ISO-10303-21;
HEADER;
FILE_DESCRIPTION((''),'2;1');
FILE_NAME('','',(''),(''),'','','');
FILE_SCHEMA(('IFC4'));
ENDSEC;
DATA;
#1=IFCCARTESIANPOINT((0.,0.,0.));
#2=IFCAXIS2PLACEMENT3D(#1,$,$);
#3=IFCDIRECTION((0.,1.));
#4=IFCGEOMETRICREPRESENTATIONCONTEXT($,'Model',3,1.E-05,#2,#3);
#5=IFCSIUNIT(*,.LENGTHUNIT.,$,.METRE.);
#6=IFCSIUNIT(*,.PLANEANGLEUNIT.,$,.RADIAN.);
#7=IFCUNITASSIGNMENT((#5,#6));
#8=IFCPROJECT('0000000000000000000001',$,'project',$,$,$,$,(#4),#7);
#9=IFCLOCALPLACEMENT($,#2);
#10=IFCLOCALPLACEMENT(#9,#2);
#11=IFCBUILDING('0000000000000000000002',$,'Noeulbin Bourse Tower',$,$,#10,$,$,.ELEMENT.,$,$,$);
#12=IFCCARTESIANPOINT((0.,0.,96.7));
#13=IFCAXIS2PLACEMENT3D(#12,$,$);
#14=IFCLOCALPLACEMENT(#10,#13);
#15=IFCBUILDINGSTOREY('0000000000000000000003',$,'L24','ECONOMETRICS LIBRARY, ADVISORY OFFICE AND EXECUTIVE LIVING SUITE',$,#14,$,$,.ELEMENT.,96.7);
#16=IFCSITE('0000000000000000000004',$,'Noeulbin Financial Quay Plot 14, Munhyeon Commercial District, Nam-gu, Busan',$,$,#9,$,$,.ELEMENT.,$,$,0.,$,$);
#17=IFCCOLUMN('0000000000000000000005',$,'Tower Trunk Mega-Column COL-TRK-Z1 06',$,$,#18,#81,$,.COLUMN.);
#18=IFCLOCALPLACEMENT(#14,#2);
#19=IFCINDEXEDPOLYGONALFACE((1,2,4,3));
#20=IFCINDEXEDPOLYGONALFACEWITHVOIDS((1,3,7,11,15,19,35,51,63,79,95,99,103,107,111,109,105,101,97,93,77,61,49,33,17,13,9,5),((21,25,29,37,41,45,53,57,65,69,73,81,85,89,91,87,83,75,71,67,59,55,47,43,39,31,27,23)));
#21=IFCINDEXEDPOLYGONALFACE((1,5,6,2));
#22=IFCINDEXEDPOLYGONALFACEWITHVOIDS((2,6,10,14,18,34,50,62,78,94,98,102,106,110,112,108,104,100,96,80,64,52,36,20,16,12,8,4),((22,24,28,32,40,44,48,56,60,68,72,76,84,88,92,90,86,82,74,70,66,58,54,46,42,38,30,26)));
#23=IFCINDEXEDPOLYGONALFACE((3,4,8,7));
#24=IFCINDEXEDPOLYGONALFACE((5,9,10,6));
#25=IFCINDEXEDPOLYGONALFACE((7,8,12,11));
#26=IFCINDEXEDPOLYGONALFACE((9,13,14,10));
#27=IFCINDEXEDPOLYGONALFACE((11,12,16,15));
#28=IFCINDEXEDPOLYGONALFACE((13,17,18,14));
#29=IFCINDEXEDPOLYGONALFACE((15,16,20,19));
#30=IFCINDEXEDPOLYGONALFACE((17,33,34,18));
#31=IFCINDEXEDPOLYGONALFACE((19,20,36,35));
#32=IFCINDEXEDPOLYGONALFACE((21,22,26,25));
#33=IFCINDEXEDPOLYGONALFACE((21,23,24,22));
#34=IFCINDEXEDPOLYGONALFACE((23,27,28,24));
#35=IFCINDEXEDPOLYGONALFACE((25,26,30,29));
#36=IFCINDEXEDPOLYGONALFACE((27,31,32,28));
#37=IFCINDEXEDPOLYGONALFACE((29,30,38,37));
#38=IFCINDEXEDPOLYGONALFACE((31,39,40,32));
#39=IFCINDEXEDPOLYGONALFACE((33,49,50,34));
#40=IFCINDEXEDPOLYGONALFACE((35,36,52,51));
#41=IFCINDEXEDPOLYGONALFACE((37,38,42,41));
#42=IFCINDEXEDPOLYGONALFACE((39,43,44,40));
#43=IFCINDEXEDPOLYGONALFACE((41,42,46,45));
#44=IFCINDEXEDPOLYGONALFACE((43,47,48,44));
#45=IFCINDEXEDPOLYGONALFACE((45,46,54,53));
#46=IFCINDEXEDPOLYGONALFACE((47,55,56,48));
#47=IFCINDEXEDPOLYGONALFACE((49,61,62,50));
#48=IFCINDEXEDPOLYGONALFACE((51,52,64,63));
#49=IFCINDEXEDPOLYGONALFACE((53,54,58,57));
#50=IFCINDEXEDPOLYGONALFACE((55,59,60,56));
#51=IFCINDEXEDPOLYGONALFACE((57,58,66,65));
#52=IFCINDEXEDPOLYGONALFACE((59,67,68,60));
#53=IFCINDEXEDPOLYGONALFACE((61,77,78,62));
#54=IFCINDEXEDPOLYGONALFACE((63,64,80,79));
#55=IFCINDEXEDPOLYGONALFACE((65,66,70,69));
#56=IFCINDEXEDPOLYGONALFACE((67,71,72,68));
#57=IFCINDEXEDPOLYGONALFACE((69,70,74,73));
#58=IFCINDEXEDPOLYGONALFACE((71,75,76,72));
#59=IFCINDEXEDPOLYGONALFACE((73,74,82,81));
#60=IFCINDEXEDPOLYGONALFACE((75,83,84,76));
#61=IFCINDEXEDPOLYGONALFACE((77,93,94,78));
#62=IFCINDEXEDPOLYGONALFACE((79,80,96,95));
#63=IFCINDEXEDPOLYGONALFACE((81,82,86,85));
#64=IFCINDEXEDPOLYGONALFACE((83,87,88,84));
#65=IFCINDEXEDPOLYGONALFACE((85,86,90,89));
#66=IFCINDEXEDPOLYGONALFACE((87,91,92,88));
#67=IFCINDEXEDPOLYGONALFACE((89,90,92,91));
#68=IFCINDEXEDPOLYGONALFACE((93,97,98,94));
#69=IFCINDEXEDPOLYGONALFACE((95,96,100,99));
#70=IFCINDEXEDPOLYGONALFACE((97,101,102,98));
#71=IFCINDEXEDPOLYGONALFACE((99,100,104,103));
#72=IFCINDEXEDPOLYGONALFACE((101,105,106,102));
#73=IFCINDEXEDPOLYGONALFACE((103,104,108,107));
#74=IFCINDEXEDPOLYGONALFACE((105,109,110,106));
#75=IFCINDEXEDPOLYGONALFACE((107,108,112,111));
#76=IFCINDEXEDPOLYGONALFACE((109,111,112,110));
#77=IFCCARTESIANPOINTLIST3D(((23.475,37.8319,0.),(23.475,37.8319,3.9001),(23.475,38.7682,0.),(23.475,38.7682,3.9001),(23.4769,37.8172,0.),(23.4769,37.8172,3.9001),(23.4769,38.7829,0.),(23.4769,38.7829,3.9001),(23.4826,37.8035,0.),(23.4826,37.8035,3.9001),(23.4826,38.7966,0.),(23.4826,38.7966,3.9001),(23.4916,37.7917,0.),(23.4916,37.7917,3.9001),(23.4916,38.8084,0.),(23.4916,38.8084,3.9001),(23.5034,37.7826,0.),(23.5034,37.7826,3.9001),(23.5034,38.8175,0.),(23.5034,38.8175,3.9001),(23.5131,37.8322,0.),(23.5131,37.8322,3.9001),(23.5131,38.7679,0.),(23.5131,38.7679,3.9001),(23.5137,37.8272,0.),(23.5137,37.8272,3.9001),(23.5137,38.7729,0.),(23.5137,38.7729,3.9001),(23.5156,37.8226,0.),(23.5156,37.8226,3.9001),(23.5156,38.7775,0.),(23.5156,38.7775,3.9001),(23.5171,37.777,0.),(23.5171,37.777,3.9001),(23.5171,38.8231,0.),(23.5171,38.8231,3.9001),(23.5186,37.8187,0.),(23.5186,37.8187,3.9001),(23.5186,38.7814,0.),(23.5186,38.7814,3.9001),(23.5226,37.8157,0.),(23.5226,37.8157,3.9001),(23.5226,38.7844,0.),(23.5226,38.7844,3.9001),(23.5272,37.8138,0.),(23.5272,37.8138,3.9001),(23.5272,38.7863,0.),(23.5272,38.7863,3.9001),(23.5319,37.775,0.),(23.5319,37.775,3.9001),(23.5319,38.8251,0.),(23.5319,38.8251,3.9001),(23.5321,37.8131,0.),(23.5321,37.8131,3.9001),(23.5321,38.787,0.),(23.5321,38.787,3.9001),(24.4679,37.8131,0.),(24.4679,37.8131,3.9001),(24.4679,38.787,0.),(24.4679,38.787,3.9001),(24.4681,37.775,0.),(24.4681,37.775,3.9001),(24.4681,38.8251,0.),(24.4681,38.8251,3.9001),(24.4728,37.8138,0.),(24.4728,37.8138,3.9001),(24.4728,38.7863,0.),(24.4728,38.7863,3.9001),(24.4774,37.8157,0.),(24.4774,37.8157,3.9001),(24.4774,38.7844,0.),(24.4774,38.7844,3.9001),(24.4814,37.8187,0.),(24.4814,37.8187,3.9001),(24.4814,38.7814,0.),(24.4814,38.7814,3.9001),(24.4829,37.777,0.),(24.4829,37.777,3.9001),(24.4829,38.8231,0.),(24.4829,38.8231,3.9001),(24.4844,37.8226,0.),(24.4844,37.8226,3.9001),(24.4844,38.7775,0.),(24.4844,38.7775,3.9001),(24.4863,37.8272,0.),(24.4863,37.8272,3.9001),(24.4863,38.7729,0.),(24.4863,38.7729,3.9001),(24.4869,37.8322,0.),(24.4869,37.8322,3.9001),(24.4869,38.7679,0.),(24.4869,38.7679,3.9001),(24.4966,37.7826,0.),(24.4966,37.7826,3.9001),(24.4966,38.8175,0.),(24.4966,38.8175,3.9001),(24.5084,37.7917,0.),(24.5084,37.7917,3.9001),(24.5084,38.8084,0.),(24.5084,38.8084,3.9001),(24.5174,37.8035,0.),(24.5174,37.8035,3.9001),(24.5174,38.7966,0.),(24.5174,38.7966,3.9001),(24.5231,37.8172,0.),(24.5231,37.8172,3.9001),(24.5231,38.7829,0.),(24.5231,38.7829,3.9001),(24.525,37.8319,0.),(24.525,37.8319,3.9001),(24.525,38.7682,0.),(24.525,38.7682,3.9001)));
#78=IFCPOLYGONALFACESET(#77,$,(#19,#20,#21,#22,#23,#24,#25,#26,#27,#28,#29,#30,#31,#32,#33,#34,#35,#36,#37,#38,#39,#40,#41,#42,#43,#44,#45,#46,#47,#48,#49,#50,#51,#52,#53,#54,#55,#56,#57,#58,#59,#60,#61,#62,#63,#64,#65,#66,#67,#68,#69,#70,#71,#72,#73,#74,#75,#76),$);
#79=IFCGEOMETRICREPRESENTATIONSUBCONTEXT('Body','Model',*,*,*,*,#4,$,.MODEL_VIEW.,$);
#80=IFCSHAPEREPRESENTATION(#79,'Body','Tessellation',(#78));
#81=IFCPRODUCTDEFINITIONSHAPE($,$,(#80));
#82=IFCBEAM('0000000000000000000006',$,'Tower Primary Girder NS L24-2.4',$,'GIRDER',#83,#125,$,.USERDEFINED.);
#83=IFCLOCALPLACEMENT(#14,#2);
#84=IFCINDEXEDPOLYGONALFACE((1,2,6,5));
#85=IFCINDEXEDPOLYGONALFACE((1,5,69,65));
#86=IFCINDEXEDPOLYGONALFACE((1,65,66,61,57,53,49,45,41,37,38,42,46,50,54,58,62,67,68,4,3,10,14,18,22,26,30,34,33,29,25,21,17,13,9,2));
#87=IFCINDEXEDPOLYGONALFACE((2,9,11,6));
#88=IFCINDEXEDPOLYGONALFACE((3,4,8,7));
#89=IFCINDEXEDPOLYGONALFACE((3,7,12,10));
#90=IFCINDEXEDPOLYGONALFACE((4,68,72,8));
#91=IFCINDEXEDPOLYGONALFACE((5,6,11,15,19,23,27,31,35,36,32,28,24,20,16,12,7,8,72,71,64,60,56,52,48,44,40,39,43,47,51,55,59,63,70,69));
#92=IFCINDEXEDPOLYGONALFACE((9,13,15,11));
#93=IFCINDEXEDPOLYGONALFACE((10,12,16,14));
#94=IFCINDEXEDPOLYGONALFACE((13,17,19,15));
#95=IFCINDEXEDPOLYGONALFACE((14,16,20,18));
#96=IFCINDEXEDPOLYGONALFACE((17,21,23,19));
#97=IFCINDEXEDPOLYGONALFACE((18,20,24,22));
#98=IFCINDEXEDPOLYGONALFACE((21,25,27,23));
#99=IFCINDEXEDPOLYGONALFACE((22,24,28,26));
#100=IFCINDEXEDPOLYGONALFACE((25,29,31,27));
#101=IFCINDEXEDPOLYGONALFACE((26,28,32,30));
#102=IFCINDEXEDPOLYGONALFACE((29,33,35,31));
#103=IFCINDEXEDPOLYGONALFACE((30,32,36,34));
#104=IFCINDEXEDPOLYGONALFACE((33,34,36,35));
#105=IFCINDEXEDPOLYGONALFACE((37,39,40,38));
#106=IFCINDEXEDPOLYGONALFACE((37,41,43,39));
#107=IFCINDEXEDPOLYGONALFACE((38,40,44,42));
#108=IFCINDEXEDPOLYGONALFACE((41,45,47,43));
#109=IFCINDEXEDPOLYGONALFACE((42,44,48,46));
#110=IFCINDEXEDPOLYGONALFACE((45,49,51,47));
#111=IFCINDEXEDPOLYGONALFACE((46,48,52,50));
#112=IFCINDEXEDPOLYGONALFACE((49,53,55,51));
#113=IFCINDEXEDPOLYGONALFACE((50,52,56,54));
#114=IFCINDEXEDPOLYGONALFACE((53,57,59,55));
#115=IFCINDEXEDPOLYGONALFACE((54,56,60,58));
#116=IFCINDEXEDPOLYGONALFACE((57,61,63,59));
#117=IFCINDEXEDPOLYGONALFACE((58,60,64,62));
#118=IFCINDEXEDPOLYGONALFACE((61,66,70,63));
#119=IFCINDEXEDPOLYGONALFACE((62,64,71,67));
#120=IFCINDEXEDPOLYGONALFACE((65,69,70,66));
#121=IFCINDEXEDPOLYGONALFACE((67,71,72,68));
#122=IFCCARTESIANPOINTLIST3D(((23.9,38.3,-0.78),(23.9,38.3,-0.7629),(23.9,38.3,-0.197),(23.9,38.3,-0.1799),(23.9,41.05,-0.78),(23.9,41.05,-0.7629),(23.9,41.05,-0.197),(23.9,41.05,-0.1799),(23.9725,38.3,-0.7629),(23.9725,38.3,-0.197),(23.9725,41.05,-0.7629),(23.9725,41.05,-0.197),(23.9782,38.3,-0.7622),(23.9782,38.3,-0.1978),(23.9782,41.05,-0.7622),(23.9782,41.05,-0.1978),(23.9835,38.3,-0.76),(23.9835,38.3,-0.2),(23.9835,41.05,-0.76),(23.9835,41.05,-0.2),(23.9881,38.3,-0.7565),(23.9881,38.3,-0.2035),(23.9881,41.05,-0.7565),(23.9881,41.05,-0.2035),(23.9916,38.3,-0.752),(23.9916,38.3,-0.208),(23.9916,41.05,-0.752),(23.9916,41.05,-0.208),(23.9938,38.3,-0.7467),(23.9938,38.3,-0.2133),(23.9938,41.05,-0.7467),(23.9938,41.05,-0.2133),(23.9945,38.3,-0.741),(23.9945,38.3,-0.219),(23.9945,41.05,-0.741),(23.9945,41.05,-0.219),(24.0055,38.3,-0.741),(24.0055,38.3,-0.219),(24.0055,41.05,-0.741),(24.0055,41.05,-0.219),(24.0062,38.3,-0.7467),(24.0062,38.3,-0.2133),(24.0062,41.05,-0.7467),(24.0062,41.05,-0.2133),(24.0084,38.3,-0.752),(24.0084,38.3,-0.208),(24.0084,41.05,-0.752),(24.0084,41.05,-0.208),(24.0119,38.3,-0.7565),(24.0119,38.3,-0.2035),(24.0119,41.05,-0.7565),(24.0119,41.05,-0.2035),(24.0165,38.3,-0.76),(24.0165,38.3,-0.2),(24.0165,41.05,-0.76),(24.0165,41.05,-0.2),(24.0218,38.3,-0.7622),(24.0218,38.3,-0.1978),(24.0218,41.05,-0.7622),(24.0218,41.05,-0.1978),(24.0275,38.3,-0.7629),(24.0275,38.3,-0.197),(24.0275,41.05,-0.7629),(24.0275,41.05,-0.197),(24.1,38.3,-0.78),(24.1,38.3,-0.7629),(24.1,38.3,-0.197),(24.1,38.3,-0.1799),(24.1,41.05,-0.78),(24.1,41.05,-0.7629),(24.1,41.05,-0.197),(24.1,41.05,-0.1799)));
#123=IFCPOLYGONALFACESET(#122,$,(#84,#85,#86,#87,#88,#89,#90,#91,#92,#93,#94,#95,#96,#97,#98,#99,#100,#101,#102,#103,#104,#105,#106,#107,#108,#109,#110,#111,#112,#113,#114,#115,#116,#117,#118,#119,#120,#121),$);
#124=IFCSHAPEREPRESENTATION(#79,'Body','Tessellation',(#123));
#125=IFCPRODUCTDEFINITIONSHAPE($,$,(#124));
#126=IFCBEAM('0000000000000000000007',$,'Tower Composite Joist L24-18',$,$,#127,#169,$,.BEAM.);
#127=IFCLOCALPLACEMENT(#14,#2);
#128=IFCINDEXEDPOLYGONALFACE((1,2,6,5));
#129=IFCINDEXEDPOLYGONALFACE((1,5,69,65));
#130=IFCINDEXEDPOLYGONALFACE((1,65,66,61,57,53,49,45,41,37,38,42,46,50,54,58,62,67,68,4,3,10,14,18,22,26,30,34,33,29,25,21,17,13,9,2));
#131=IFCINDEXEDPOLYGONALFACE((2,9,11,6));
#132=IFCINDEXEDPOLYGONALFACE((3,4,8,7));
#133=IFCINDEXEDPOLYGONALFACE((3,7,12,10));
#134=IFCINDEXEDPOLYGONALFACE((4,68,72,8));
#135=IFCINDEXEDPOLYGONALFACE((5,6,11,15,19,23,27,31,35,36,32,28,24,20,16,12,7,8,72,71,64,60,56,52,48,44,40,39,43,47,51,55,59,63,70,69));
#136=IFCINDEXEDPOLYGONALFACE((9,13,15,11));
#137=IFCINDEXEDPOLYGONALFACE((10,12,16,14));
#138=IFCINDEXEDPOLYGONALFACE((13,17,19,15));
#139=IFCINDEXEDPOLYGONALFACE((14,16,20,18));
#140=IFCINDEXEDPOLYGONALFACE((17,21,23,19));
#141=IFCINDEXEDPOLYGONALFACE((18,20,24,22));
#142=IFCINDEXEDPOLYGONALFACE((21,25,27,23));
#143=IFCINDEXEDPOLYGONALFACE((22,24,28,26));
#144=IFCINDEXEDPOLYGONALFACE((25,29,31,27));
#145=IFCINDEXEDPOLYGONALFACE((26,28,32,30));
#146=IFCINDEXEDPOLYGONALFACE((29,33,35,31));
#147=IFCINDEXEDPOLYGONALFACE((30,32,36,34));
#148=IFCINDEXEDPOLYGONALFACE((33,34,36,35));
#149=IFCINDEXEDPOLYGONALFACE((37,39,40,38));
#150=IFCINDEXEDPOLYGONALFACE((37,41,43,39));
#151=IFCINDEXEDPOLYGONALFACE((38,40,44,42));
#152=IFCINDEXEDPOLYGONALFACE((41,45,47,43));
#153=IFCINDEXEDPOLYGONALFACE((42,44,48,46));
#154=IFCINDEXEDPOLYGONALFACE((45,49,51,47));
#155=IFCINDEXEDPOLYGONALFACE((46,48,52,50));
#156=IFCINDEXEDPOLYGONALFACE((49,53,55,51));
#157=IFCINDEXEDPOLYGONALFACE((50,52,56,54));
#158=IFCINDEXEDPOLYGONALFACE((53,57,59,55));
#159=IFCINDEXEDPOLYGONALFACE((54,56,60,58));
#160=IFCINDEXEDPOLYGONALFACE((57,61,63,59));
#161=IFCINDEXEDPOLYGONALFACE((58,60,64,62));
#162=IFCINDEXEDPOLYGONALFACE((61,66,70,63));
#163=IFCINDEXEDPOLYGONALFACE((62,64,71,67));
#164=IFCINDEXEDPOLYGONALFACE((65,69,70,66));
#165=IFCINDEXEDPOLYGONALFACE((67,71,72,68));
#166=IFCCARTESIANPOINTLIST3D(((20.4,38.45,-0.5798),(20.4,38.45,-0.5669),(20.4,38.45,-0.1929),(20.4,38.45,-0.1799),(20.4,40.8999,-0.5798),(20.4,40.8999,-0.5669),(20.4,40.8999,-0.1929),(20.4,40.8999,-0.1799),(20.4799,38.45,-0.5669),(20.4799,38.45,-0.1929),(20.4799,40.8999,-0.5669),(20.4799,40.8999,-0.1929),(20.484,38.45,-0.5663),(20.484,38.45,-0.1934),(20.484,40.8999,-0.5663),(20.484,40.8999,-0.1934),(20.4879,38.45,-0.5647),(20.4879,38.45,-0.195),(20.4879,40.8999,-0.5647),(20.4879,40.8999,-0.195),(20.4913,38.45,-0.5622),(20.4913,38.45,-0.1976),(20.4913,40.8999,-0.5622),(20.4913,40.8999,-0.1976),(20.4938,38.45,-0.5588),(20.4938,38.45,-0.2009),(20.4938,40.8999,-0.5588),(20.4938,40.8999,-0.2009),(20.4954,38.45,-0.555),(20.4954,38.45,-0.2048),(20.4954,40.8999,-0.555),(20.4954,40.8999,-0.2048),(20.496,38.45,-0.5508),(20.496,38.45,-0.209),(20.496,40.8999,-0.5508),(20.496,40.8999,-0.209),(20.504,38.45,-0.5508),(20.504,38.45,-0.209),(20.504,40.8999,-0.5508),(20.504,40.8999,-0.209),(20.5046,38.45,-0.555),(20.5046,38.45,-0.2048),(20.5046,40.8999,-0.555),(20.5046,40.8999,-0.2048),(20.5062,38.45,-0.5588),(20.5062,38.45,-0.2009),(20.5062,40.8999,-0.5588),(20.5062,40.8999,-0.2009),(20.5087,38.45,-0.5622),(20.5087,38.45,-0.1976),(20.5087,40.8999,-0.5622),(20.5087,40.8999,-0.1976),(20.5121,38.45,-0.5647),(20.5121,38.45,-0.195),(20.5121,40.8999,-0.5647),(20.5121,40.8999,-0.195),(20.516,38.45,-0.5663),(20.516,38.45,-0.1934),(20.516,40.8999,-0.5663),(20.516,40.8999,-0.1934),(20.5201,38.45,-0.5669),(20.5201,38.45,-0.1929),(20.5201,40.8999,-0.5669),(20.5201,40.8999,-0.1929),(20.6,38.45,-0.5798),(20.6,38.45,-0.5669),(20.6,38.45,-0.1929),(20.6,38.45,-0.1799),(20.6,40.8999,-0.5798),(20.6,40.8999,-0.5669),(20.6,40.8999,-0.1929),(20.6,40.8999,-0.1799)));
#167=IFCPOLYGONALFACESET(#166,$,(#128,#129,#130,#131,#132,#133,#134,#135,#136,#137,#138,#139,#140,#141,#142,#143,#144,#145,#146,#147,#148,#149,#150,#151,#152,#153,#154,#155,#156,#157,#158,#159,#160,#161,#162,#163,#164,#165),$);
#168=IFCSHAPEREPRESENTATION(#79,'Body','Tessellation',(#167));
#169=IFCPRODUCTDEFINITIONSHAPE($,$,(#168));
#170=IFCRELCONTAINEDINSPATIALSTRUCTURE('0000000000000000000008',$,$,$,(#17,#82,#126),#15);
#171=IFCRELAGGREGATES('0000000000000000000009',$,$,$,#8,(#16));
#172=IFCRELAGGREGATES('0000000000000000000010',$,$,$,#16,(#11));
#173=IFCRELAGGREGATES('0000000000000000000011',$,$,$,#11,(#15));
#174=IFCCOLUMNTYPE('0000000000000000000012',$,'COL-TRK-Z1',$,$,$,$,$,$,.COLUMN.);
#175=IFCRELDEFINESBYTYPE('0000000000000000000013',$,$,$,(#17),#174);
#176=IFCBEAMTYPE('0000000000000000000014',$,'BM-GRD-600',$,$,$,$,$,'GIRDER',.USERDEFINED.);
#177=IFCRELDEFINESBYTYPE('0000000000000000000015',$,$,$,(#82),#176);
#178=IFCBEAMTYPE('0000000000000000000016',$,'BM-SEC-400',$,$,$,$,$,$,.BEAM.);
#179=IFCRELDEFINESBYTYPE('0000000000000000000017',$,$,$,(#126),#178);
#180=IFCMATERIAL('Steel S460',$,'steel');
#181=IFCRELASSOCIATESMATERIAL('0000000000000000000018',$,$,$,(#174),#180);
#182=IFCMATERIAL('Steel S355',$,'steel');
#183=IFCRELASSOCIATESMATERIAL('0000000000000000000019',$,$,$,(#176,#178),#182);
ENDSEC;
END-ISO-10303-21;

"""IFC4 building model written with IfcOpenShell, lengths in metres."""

from ifc_helpers import new_model, si_unit, direction, frame, origin, origin_2d, place, context, subcontext, project, spatial, hollow_rectangle, i_section, extrude, material, material_profile, profile_set, type_object, element, save


model = new_model("IFC4")

# Units and contexts
model_context = context("Model", 3, precision=1e-05, world=origin(), true_north=direction((0.0, 1.0)))
body_context = subcontext(model_context, "Body", "Model", "MODEL_VIEW")
ifc_project = project(units=[si_unit("LENGTHUNIT", "METRE"), si_unit("PLANEANGLEUNIT", "RADIAN")], contexts=[model_context])

# Site, building, storey
site_placement = place(None, origin())
site = spatial("IfcSite", under=ifc_project, at=site_placement, Name="Noeulbin Financial Quay Plot 14, Munhyeon Commercial District, Nam-gu, Busan", CompositionType="ELEMENT", RefElevation=0.0)
building_placement = place(site_placement, origin())
building = spatial("IfcBuilding", under=site, at=building_placement, Name="Noeulbin Bourse Tower", CompositionType="ELEMENT")
storey_placement = place(building_placement, frame((0.0, 0.0, 96.7)))
storey = spatial("IfcBuildingStorey", under=building, at=storey_placement, Name="L24", Description="ECONOMETRICS LIBRARY, ADVISORY OFFICE AND EXECUTIVE LIVING SUITE", CompositionType="ELEMENT", Elevation=96.7)

# Column
ifc_material_1 = material(Name="Steel S460", Category="steel")
ifc_material_profile_1 = material_profile(ifc_material_1, hollow_rectangle(XDim=1.05, YDim=1.05, WallThickness=0.0381, InnerFilletRadius=0.019, OuterFilletRadius=0.0569, at=origin_2d()), Name="BOX-1050x1050x38", Category="LoadBearing")
ifc_profile_set_1 = profile_set([ifc_material_profile_1], Name="Steel S460")
column_type_1 = type_object("IfcColumnType", Name="COL-TRK-Z1", PredefinedType="COLUMN", material=ifc_profile_set_1)
for number, where, z_axis, x_axis, name in (
    (1, (24.0, 38.3, 0.0), (0.0, 0.0, 1.0), (1.0, 0.0, 0.0), "Tower Trunk Mega-Column COL-TRK-Z1 06"),
):
    element("IfcColumn", number, at=place(storey_placement, frame(where, z_axis=z_axis, x_axis=x_axis)), inside=storey, type_object=column_type_1, Name=name, PredefinedType="COLUMN", context=body_context, shape_type="SweptSolid", body=[
        extrude(hollow_rectangle(XDim=1.05, YDim=1.05, WallThickness=0.0381, InnerFilletRadius=0.019, OuterFilletRadius=0.0569, at=origin_2d()), origin(), (0.0, 0.0, 1.0), 3.9001),
    ])

# Beams
ifc_material_2 = material(Name="Steel S355", Category="steel")
ifc_material_profile_2 = material_profile(ifc_material_2, i_section(OverallWidth=0.2, OverallDepth=0.6001, WebThickness=0.011, FlangeThickness=0.0171, FilletRadius=0.022, at=origin_2d()), Name="H-600x200x11x17", Category="LoadBearing")
ifc_profile_set_2 = profile_set([ifc_material_profile_2], Name="Steel S355")
beam_type_1 = type_object("IfcBeamType", Name="BM-GRD-600", ElementType="GIRDER", PredefinedType="USERDEFINED", material=ifc_profile_set_2)
beam_1_placement = place(storey_placement, frame((24.0, 38.3, -0.48), z_axis=(0.0, 1.0, 0.0), x_axis=(-1.0, 0.0, 0.0)))
element("IfcBeam", 2, at=beam_1_placement, inside=storey, type_object=beam_type_1, Name="Tower Primary Girder NS L24-2.4", ObjectType="GIRDER", PredefinedType="USERDEFINED", context=body_context, shape_type="SweptSolid", body=[
    extrude(i_section(OverallWidth=0.2, OverallDepth=0.6001, WebThickness=0.011, FlangeThickness=0.0171, FilletRadius=0.022, at=origin_2d()), origin(), (0.0, 0.0, 1.0), 2.75),
])
ifc_material_profile_3 = material_profile(ifc_material_2, i_section(OverallWidth=0.2, OverallDepth=0.3999, WebThickness=0.0081, FlangeThickness=0.0129, FilletRadius=0.0161, at=origin_2d()), Name="H-400x200x8x13", Category="LoadBearing")
ifc_profile_set_3 = profile_set([ifc_material_profile_3], Name="Steel S355")
beam_type_2 = type_object("IfcBeamType", Name="BM-SEC-400", PredefinedType="BEAM", material=ifc_profile_set_3)
for number, where, z_axis, x_axis, name in (
    (3, (20.5, 38.45, -0.3799), (0.0, 1.0, 0.0), (-1.0, 0.0, 0.0), "Tower Composite Joist L24-18"),
):
    element("IfcBeam", number, at=place(storey_placement, frame(where, z_axis=z_axis, x_axis=x_axis)), inside=storey, type_object=beam_type_2, Name=name, PredefinedType="BEAM", context=body_context, shape_type="SweptSolid", body=[
        extrude(i_section(OverallWidth=0.2, OverallDepth=0.3999, WebThickness=0.0081, FlangeThickness=0.0129, FilletRadius=0.0161, at=origin_2d()), origin(), (0.0, 0.0, 1.0), 2.45),
    ])

save(model, "model.ifc")
